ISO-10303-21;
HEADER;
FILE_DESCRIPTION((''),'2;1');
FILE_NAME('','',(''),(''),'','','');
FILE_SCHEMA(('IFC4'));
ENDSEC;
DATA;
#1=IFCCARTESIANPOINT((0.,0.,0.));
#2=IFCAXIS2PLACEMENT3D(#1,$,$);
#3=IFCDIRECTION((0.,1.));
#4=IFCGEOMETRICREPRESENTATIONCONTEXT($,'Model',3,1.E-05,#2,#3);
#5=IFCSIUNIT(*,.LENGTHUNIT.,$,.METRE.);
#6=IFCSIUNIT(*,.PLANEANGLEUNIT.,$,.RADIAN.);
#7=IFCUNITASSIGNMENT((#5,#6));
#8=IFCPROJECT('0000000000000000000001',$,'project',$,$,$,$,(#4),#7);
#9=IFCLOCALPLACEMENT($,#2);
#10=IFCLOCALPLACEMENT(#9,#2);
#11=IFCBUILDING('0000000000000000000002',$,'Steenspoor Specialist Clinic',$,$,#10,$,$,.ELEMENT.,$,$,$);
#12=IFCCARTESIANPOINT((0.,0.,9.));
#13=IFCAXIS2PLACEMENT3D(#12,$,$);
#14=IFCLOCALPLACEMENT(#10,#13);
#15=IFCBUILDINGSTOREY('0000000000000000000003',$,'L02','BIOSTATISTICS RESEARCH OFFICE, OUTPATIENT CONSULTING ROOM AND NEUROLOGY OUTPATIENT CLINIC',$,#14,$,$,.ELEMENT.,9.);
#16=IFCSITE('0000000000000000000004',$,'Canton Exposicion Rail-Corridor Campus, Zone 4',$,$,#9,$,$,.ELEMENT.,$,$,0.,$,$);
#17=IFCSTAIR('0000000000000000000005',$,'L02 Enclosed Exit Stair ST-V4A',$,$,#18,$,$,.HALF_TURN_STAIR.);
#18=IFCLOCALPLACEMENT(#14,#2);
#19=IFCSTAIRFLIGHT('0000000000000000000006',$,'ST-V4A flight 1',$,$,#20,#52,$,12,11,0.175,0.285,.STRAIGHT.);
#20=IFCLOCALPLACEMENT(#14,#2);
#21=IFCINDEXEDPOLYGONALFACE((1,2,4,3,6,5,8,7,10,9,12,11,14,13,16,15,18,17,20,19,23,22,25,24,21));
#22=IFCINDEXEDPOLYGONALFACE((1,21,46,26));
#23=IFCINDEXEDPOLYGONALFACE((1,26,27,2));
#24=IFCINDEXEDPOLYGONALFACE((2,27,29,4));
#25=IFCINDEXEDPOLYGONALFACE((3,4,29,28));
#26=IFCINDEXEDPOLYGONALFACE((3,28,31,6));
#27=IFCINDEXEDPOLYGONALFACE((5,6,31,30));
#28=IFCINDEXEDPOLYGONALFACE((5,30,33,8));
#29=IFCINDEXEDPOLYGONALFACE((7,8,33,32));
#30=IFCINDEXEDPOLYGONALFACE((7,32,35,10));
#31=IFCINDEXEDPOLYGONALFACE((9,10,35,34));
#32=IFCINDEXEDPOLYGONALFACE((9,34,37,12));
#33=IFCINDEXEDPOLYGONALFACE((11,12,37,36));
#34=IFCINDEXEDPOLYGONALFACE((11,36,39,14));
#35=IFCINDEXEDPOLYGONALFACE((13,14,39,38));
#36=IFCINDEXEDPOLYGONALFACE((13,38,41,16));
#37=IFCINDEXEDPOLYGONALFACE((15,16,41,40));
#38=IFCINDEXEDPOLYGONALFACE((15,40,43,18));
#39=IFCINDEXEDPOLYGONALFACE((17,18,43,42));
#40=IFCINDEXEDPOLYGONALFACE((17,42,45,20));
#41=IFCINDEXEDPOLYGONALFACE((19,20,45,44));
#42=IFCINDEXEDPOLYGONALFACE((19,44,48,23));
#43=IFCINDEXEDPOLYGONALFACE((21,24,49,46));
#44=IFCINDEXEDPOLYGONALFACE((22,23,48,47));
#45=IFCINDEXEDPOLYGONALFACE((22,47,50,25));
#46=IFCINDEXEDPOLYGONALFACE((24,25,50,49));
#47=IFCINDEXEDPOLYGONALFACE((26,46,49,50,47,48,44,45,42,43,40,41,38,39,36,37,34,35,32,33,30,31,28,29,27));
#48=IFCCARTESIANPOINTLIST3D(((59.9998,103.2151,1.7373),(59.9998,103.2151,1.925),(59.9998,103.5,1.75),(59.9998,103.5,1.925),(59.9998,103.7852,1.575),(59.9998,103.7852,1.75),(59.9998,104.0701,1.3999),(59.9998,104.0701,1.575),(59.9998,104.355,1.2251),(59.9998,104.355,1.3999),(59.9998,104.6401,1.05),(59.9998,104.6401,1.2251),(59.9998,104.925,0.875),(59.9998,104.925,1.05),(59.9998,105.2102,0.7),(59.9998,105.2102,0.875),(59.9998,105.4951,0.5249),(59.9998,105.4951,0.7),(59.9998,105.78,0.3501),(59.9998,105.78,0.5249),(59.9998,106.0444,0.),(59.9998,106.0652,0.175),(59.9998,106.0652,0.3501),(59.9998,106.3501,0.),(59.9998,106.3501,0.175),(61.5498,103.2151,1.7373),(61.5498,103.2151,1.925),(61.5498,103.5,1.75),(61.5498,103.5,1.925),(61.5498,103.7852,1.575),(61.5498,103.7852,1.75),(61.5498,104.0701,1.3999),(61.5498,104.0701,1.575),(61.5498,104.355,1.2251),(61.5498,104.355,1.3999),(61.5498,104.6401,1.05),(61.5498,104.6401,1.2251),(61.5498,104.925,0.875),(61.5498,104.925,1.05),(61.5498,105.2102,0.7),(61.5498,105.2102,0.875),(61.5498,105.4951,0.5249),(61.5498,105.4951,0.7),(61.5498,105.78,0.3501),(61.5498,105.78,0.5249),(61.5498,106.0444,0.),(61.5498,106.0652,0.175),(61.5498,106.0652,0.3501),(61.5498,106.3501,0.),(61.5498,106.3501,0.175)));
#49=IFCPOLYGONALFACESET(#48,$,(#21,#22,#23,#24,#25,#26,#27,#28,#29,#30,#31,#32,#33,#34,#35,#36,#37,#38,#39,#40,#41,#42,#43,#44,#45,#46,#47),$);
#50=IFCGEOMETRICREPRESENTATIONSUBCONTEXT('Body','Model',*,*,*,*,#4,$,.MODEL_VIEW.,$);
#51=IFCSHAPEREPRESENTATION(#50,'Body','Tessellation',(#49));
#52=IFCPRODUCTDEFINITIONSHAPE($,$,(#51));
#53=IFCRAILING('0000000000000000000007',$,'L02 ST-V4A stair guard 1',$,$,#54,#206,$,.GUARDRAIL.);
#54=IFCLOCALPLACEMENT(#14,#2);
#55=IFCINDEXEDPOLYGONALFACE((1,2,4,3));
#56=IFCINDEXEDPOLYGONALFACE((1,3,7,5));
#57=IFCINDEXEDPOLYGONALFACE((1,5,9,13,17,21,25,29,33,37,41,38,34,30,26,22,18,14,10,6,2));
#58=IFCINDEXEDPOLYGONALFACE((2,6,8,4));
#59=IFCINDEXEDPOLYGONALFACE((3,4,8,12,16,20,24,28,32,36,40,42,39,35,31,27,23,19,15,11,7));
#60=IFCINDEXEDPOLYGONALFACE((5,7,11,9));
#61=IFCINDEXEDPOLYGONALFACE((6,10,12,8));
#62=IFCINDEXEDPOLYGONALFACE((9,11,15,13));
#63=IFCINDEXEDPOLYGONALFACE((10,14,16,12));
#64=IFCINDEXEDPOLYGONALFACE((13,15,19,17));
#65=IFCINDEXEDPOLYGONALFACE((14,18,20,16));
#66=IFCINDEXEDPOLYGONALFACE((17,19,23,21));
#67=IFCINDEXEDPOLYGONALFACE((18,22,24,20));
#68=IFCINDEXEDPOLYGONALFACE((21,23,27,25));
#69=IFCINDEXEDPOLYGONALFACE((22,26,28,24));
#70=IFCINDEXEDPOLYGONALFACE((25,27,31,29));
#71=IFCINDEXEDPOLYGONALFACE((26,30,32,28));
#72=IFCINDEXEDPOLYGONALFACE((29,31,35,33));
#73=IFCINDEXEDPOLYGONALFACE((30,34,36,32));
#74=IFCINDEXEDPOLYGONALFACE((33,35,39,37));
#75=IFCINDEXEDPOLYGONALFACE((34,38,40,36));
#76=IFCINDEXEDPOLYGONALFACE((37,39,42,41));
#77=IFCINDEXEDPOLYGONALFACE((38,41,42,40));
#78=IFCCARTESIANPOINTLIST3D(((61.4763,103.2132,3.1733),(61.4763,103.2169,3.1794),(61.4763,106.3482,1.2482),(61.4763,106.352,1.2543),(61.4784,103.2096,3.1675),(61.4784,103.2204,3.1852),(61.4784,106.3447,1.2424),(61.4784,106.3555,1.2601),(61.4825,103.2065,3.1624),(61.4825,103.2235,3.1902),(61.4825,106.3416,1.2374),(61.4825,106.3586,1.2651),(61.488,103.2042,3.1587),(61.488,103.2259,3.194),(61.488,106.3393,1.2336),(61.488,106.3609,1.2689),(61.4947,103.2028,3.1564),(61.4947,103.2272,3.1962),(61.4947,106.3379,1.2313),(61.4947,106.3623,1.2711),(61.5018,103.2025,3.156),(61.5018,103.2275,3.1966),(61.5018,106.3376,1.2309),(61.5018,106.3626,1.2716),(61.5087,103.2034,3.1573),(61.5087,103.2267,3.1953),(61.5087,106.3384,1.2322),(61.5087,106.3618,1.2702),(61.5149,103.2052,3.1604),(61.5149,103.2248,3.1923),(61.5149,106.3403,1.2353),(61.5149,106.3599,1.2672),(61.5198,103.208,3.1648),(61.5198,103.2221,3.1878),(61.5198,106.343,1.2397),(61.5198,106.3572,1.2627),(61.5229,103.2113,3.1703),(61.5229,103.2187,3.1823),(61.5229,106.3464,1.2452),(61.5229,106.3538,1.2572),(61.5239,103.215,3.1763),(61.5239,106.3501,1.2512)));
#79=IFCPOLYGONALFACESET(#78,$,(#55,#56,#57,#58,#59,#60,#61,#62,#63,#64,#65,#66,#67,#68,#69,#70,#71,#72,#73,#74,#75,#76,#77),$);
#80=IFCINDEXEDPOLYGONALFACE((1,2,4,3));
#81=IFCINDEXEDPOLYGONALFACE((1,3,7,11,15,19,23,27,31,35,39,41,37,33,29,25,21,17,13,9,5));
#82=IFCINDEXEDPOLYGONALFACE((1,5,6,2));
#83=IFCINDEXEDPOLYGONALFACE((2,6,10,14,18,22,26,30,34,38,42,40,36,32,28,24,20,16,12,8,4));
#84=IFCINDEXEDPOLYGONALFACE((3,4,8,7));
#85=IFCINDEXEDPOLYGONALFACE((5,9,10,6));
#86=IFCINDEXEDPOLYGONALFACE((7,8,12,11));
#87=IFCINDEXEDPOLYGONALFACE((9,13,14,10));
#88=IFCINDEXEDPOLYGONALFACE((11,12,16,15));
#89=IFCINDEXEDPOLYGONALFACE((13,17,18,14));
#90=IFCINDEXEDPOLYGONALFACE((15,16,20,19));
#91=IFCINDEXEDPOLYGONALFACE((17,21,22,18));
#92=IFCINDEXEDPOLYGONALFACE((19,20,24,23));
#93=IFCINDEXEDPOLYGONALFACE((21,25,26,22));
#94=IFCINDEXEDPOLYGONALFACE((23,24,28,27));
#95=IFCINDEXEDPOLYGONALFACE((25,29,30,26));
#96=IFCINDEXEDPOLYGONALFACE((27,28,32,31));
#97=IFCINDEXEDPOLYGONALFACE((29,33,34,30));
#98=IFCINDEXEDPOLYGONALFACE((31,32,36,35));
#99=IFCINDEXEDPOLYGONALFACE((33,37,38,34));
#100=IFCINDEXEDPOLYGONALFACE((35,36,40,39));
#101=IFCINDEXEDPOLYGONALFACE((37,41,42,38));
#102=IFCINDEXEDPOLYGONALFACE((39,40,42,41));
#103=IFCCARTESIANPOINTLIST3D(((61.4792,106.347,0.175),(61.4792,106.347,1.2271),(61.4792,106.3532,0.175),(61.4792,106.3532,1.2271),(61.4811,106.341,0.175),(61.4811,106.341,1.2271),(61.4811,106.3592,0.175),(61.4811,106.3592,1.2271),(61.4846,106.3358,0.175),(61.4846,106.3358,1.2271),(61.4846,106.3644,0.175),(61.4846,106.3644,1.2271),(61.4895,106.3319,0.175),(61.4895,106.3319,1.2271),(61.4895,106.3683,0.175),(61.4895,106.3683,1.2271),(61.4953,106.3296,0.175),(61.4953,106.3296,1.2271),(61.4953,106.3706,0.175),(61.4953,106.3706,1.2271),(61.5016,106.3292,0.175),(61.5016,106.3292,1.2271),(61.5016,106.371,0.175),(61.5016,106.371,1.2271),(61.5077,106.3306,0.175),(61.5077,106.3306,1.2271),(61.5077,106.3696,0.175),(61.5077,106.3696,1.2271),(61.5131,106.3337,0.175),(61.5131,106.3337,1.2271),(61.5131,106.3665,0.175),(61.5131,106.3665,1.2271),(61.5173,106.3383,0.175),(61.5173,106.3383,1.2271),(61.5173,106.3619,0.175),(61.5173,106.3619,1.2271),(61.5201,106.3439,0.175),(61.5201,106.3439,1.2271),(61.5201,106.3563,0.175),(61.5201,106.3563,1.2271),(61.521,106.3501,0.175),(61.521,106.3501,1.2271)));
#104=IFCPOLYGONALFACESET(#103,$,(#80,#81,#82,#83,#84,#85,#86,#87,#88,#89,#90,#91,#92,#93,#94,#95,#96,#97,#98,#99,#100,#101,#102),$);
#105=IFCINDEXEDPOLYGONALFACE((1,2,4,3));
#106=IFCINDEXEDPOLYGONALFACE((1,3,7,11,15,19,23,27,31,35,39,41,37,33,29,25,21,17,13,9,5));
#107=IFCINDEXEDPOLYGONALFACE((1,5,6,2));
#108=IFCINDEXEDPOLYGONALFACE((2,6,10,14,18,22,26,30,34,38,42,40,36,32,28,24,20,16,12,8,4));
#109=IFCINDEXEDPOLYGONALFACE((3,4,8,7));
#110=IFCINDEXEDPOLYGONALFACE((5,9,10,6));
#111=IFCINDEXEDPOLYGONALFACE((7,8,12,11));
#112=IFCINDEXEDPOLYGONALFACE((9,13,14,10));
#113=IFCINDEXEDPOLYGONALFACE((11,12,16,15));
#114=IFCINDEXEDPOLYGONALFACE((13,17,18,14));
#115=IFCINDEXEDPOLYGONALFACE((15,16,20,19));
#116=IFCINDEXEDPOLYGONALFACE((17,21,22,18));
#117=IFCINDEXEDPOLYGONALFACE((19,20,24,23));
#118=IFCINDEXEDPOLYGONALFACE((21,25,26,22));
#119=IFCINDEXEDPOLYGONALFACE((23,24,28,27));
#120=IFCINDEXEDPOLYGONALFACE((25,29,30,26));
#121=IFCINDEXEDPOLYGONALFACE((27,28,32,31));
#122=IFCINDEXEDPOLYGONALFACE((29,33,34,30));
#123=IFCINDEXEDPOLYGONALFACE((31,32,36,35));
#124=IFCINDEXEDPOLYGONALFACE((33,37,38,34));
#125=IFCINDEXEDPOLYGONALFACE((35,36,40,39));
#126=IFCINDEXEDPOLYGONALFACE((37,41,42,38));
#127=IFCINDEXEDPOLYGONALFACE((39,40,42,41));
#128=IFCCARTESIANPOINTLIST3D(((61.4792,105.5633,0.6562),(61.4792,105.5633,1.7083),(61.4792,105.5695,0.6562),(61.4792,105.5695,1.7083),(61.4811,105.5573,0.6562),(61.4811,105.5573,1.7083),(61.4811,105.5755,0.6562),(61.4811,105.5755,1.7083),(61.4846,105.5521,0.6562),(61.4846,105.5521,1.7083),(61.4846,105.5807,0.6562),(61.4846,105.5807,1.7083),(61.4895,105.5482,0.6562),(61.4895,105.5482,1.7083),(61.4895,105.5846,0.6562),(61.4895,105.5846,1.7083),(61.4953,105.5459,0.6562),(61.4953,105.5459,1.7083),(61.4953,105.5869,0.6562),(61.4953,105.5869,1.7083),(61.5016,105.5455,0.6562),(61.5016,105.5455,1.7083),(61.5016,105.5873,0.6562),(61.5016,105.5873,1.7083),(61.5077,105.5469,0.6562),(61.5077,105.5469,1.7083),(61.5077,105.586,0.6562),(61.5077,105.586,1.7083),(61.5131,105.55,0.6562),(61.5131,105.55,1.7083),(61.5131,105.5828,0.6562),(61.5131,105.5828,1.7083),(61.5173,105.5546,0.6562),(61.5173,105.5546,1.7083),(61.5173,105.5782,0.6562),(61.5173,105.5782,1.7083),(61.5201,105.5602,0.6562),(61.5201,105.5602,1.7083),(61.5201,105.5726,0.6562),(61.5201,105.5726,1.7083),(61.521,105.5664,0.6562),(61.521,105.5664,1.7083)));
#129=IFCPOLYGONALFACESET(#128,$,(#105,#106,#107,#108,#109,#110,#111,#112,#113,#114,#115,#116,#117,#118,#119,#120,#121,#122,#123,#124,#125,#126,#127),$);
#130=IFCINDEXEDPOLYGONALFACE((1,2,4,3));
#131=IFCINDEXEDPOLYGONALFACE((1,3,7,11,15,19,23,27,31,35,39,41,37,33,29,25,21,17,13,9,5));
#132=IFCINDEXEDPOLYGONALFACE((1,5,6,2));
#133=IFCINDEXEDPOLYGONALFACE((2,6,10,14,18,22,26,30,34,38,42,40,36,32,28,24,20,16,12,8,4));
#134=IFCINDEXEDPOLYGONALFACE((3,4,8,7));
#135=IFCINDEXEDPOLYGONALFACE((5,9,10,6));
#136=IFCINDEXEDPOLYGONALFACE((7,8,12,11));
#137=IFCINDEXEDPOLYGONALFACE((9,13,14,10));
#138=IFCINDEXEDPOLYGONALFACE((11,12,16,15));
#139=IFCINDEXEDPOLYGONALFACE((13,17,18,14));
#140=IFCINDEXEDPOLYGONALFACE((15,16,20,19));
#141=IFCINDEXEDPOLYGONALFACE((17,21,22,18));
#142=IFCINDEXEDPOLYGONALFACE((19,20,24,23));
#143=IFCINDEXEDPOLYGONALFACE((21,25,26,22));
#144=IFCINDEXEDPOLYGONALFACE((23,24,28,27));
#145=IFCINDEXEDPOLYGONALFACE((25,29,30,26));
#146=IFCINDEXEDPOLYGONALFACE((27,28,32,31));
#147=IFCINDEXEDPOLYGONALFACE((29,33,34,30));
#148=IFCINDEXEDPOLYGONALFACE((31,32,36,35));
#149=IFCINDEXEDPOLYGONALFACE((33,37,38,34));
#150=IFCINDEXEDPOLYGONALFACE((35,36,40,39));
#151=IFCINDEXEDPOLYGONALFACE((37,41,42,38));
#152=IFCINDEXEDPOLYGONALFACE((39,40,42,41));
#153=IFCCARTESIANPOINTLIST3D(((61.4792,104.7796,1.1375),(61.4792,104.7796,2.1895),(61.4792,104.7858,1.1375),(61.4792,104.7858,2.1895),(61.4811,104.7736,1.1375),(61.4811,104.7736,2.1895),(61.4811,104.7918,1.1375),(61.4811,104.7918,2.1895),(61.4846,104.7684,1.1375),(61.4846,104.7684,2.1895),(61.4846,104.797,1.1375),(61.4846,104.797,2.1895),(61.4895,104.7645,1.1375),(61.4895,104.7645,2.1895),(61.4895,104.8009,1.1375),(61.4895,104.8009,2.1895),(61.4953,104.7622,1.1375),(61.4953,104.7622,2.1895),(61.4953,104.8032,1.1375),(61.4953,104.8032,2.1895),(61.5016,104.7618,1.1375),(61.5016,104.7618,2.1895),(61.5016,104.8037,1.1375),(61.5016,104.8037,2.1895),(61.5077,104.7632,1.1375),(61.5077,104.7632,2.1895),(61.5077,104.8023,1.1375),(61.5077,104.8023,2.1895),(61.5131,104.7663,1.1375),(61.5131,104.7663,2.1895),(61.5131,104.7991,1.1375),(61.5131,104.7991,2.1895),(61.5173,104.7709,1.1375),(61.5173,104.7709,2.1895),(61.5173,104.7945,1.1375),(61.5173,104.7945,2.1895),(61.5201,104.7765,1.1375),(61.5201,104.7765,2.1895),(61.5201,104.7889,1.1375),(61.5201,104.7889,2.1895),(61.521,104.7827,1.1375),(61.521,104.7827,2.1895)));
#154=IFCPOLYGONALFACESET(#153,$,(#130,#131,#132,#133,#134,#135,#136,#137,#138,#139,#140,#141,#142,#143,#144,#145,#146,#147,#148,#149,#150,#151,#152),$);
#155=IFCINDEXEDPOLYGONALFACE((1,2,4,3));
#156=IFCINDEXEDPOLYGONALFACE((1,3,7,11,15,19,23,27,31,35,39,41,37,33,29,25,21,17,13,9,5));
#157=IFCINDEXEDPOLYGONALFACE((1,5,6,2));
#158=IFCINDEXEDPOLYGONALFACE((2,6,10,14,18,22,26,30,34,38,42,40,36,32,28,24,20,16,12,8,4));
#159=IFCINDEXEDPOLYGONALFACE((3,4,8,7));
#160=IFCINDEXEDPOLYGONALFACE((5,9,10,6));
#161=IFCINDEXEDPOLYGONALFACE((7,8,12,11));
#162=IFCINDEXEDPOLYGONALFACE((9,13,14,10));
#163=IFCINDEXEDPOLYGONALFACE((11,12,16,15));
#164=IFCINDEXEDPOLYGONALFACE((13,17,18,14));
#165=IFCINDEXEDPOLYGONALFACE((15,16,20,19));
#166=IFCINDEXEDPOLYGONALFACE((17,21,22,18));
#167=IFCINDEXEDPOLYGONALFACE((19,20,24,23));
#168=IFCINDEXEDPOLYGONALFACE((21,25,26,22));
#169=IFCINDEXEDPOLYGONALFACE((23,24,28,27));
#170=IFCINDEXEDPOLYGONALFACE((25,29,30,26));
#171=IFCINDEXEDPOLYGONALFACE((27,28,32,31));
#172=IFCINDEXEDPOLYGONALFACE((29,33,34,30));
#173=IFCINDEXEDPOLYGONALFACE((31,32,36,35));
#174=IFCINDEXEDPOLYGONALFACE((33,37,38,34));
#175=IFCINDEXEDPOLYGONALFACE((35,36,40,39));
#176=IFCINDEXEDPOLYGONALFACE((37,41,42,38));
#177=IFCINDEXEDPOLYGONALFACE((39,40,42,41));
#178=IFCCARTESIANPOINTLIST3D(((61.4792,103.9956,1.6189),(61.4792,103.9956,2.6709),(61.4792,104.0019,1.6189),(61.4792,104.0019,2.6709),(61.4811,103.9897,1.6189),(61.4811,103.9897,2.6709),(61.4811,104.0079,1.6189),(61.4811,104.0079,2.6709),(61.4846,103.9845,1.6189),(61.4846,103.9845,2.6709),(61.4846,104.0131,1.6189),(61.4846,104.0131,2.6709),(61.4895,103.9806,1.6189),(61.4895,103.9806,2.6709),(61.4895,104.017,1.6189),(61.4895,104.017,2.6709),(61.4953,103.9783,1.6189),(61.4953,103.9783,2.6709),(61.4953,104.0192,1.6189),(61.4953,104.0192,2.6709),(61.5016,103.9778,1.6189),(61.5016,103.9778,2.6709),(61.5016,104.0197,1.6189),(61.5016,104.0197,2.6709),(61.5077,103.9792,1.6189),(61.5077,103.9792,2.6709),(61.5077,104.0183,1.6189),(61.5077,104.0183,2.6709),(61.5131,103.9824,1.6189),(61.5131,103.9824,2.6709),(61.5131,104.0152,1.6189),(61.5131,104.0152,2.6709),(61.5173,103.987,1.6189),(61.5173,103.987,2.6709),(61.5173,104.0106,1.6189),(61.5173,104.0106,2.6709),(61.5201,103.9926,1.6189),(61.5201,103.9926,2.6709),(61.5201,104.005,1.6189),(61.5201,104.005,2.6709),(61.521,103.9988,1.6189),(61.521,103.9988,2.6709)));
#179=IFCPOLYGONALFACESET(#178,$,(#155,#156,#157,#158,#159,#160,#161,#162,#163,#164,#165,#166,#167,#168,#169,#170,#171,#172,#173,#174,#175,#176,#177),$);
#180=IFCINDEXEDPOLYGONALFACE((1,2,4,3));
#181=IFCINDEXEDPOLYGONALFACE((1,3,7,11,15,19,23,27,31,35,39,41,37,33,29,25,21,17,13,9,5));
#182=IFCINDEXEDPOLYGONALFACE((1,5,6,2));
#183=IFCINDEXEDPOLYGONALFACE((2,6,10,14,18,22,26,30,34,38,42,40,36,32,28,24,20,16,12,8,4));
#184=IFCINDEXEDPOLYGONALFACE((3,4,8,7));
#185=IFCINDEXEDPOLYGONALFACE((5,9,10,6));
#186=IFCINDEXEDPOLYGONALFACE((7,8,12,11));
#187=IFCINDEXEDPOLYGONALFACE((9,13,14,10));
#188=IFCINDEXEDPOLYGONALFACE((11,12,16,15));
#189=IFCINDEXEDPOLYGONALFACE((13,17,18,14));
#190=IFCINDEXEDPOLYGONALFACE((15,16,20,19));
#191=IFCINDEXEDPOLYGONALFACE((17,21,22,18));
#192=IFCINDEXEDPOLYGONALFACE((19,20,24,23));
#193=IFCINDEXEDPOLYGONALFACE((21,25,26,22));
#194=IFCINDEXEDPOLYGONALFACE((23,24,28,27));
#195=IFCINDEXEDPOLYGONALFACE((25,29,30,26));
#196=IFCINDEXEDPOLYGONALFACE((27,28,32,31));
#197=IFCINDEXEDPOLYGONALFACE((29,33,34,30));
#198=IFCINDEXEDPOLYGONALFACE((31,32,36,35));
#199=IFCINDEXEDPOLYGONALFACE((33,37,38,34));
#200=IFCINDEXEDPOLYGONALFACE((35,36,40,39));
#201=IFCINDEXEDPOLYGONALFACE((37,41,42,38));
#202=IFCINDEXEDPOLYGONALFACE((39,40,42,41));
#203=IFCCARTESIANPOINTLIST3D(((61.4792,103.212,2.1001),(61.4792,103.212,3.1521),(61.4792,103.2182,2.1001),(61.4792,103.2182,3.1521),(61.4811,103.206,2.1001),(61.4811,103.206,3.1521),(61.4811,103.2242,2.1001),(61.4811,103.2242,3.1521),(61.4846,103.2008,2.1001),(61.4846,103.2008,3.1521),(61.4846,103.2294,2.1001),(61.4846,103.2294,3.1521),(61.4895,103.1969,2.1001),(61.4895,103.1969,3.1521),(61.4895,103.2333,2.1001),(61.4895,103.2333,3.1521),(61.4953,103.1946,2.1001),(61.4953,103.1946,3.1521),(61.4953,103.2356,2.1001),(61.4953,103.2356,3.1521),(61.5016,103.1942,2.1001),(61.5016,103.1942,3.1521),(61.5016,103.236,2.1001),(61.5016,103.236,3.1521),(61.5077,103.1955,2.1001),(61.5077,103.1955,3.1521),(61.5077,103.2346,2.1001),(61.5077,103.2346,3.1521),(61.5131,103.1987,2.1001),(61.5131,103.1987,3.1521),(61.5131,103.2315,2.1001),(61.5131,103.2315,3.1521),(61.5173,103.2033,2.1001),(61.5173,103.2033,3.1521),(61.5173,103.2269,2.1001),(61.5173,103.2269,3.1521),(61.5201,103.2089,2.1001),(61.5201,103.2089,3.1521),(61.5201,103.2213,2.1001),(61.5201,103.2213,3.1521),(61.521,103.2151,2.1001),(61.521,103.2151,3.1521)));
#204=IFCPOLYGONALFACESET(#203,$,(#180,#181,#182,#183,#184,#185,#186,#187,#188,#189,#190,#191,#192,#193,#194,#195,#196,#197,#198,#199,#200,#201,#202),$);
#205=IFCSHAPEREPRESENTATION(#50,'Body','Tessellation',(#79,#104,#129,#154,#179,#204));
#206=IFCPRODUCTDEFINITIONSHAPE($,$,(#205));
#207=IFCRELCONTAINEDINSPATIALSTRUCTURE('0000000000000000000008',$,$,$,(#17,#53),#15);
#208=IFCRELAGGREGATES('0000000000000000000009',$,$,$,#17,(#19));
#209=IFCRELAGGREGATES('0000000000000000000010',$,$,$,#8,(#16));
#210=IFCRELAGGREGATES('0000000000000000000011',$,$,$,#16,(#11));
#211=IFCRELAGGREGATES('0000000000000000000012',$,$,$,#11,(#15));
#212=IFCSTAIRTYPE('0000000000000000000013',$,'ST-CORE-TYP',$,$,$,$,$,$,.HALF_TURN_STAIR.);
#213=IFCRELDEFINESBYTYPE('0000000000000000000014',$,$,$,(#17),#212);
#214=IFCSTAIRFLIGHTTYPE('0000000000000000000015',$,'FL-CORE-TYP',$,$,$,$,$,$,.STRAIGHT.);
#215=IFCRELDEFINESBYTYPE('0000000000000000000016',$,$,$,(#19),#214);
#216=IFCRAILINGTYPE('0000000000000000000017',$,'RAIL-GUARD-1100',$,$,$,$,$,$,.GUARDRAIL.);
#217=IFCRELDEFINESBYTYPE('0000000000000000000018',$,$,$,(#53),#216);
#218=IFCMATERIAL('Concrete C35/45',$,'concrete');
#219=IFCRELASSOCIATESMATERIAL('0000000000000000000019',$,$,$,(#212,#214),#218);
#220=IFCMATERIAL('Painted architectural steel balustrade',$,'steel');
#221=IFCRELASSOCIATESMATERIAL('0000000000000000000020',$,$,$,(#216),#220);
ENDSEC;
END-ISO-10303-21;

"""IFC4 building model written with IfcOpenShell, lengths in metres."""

from ifc_helpers import new_model, si_unit, direction, frame, origin, origin_2d, place, context, subcontext, project, spatial, polyline, circle, outline, extrude, material, type_object, element, aggregate, save


model = new_model("IFC4")

# Units and contexts
model_context = context("Model", 3, precision=1e-05, world=origin(), true_north=direction((0.0, 1.0)))
body_context = subcontext(model_context, "Body", "Model", "MODEL_VIEW")
ifc_project = project(units=[si_unit("LENGTHUNIT", "METRE"), si_unit("PLANEANGLEUNIT", "RADIAN")], contexts=[model_context])

# Site, building, storey
site_placement = place(None, origin())
site = spatial("IfcSite", under=ifc_project, at=site_placement, Name="Canton Exposicion Rail-Corridor Campus, Zone 4", CompositionType="ELEMENT", RefElevation=0.0)
building_placement = place(site_placement, origin())
building = spatial("IfcBuilding", under=site, at=building_placement, Name="Steenspoor Specialist Clinic", CompositionType="ELEMENT")
storey_placement = place(building_placement, frame((0.0, 0.0, 9.0)))
storey = spatial("IfcBuildingStorey", under=building, at=storey_placement, Name="L02", Description="BIOSTATISTICS RESEARCH OFFICE, OUTPATIENT CONSULTING ROOM AND NEUROLOGY OUTPATIENT CLINIC", CompositionType="ELEMENT", Elevation=9.0)

# Shared definitions
ifc_material_1 = material(Name="Concrete C35/45", Category="concrete")

# Stair, stair flight
stair_type = type_object("IfcStairType", Name="ST-CORE-TYP", PredefinedType="HALF_TURN_STAIR", material=ifc_material_1)
stair_placement = place(storey_placement, origin())
stair = element("IfcStair", 1, at=stair_placement, inside=storey, type_object=stair_type, Name="L02 Enclosed Exit Stair ST-V4A", PredefinedType="HALF_TURN_STAIR")
stair_flight_type = type_object("IfcStairFlightType", Name="FL-CORE-TYP", PredefinedType="STRAIGHT", material=ifc_material_1)
stair_flight_placement = place(storey_placement, frame((60.7749, 106.3501, 0.0), z_axis=(0.0, 0.0, 1.0), x_axis=(0.0, -1.0, 0.0)))
stair_flight = element("IfcStairFlight", 2, at=stair_flight_placement, type_object=stair_flight_type, Name="ST-V4A flight 1", NumberOfRisers=12, NumberOfTreads=11, PredefinedType="STRAIGHT", RiserHeight=0.175, TreadLength=0.285, context=body_context, shape_type="SweptSolid", body=[
    extrude(outline(polyline([(0.0, 0.0), (0.0, 0.175), (0.2849, 0.175), (0.2849, 0.3501), (0.5701, 0.3501), (0.5701, 0.5249), (0.855, 0.5249), (0.855, 0.7), (1.1399, 0.7), (1.1399, 0.875), (1.425, 0.875), (1.425, 1.05), (1.71, 1.05), (1.71, 1.2251), (1.9951, 1.2251), (1.9951, 1.3999), (2.28, 1.3999), (2.28, 1.575), (2.5649, 1.575), (2.5649, 1.75), (2.8501, 1.75), (2.8501, 1.925), (3.135, 1.925), (3.135, 2.1001), (3.135, 1.7373), (0.3057, 0.0), (0.0, 0.0)])), frame((0.0, 0.7749, 0.0), z_axis=(0.0, -1.0, 0.0), x_axis=(1.0, 0.0, 0.0)), (0.0, 0.0, 1.0), 1.55),
])
aggregate(stair, [stair_flight])

# Railing
ifc_material_2 = material(Name="Painted architectural steel balustrade", Category="steel")
railing_type_1 = type_object("IfcRailingType", Name="RAIL-GUARD-1100", PredefinedType="GUARDRAIL", material=ifc_material_2)
railing_1_placement = place(storey_placement, frame((61.5, 106.3501, 0.175)))
element("IfcRailing", 3, at=railing_1_placement, inside=storey, type_object=railing_type_1, Name="L02 ST-V4A stair guard 1", PredefinedType="GUARDRAIL", context=body_context, shape_type="SweptSolid", body=[
    extrude(circle(Radius=0.0239, at=origin_2d()), frame((0.0, 0.0, 1.0762), z_axis=(0.0, -0.852166, 0.523271), x_axis=(1.0, 0.0, 0.0)), (0.0, 0.0, 1.0), 3.679),
    extrude(circle(Radius=0.021, at=origin_2d()), origin(), (0.0, 0.0, 1.0), 1.052),
    extrude(circle(Radius=0.021, at=origin_2d()), frame((0.0, -0.7837, 0.4812)), (0.0, 0.0, 1.0), 1.052),
    extrude(circle(Radius=0.021, at=origin_2d()), frame((0.0, -1.5674, 0.9624)), (0.0, 0.0, 1.0), 1.052),
    extrude(circle(Radius=0.021, at=origin_2d()), frame((0.0, -2.3513, 1.4438)), (0.0, 0.0, 1.0), 1.052),
    extrude(circle(Radius=0.021, at=origin_2d()), frame((0.0, -3.135, 1.925)), (0.0, 0.0, 1.0), 1.052),
])

save(model, "model.ifc")
